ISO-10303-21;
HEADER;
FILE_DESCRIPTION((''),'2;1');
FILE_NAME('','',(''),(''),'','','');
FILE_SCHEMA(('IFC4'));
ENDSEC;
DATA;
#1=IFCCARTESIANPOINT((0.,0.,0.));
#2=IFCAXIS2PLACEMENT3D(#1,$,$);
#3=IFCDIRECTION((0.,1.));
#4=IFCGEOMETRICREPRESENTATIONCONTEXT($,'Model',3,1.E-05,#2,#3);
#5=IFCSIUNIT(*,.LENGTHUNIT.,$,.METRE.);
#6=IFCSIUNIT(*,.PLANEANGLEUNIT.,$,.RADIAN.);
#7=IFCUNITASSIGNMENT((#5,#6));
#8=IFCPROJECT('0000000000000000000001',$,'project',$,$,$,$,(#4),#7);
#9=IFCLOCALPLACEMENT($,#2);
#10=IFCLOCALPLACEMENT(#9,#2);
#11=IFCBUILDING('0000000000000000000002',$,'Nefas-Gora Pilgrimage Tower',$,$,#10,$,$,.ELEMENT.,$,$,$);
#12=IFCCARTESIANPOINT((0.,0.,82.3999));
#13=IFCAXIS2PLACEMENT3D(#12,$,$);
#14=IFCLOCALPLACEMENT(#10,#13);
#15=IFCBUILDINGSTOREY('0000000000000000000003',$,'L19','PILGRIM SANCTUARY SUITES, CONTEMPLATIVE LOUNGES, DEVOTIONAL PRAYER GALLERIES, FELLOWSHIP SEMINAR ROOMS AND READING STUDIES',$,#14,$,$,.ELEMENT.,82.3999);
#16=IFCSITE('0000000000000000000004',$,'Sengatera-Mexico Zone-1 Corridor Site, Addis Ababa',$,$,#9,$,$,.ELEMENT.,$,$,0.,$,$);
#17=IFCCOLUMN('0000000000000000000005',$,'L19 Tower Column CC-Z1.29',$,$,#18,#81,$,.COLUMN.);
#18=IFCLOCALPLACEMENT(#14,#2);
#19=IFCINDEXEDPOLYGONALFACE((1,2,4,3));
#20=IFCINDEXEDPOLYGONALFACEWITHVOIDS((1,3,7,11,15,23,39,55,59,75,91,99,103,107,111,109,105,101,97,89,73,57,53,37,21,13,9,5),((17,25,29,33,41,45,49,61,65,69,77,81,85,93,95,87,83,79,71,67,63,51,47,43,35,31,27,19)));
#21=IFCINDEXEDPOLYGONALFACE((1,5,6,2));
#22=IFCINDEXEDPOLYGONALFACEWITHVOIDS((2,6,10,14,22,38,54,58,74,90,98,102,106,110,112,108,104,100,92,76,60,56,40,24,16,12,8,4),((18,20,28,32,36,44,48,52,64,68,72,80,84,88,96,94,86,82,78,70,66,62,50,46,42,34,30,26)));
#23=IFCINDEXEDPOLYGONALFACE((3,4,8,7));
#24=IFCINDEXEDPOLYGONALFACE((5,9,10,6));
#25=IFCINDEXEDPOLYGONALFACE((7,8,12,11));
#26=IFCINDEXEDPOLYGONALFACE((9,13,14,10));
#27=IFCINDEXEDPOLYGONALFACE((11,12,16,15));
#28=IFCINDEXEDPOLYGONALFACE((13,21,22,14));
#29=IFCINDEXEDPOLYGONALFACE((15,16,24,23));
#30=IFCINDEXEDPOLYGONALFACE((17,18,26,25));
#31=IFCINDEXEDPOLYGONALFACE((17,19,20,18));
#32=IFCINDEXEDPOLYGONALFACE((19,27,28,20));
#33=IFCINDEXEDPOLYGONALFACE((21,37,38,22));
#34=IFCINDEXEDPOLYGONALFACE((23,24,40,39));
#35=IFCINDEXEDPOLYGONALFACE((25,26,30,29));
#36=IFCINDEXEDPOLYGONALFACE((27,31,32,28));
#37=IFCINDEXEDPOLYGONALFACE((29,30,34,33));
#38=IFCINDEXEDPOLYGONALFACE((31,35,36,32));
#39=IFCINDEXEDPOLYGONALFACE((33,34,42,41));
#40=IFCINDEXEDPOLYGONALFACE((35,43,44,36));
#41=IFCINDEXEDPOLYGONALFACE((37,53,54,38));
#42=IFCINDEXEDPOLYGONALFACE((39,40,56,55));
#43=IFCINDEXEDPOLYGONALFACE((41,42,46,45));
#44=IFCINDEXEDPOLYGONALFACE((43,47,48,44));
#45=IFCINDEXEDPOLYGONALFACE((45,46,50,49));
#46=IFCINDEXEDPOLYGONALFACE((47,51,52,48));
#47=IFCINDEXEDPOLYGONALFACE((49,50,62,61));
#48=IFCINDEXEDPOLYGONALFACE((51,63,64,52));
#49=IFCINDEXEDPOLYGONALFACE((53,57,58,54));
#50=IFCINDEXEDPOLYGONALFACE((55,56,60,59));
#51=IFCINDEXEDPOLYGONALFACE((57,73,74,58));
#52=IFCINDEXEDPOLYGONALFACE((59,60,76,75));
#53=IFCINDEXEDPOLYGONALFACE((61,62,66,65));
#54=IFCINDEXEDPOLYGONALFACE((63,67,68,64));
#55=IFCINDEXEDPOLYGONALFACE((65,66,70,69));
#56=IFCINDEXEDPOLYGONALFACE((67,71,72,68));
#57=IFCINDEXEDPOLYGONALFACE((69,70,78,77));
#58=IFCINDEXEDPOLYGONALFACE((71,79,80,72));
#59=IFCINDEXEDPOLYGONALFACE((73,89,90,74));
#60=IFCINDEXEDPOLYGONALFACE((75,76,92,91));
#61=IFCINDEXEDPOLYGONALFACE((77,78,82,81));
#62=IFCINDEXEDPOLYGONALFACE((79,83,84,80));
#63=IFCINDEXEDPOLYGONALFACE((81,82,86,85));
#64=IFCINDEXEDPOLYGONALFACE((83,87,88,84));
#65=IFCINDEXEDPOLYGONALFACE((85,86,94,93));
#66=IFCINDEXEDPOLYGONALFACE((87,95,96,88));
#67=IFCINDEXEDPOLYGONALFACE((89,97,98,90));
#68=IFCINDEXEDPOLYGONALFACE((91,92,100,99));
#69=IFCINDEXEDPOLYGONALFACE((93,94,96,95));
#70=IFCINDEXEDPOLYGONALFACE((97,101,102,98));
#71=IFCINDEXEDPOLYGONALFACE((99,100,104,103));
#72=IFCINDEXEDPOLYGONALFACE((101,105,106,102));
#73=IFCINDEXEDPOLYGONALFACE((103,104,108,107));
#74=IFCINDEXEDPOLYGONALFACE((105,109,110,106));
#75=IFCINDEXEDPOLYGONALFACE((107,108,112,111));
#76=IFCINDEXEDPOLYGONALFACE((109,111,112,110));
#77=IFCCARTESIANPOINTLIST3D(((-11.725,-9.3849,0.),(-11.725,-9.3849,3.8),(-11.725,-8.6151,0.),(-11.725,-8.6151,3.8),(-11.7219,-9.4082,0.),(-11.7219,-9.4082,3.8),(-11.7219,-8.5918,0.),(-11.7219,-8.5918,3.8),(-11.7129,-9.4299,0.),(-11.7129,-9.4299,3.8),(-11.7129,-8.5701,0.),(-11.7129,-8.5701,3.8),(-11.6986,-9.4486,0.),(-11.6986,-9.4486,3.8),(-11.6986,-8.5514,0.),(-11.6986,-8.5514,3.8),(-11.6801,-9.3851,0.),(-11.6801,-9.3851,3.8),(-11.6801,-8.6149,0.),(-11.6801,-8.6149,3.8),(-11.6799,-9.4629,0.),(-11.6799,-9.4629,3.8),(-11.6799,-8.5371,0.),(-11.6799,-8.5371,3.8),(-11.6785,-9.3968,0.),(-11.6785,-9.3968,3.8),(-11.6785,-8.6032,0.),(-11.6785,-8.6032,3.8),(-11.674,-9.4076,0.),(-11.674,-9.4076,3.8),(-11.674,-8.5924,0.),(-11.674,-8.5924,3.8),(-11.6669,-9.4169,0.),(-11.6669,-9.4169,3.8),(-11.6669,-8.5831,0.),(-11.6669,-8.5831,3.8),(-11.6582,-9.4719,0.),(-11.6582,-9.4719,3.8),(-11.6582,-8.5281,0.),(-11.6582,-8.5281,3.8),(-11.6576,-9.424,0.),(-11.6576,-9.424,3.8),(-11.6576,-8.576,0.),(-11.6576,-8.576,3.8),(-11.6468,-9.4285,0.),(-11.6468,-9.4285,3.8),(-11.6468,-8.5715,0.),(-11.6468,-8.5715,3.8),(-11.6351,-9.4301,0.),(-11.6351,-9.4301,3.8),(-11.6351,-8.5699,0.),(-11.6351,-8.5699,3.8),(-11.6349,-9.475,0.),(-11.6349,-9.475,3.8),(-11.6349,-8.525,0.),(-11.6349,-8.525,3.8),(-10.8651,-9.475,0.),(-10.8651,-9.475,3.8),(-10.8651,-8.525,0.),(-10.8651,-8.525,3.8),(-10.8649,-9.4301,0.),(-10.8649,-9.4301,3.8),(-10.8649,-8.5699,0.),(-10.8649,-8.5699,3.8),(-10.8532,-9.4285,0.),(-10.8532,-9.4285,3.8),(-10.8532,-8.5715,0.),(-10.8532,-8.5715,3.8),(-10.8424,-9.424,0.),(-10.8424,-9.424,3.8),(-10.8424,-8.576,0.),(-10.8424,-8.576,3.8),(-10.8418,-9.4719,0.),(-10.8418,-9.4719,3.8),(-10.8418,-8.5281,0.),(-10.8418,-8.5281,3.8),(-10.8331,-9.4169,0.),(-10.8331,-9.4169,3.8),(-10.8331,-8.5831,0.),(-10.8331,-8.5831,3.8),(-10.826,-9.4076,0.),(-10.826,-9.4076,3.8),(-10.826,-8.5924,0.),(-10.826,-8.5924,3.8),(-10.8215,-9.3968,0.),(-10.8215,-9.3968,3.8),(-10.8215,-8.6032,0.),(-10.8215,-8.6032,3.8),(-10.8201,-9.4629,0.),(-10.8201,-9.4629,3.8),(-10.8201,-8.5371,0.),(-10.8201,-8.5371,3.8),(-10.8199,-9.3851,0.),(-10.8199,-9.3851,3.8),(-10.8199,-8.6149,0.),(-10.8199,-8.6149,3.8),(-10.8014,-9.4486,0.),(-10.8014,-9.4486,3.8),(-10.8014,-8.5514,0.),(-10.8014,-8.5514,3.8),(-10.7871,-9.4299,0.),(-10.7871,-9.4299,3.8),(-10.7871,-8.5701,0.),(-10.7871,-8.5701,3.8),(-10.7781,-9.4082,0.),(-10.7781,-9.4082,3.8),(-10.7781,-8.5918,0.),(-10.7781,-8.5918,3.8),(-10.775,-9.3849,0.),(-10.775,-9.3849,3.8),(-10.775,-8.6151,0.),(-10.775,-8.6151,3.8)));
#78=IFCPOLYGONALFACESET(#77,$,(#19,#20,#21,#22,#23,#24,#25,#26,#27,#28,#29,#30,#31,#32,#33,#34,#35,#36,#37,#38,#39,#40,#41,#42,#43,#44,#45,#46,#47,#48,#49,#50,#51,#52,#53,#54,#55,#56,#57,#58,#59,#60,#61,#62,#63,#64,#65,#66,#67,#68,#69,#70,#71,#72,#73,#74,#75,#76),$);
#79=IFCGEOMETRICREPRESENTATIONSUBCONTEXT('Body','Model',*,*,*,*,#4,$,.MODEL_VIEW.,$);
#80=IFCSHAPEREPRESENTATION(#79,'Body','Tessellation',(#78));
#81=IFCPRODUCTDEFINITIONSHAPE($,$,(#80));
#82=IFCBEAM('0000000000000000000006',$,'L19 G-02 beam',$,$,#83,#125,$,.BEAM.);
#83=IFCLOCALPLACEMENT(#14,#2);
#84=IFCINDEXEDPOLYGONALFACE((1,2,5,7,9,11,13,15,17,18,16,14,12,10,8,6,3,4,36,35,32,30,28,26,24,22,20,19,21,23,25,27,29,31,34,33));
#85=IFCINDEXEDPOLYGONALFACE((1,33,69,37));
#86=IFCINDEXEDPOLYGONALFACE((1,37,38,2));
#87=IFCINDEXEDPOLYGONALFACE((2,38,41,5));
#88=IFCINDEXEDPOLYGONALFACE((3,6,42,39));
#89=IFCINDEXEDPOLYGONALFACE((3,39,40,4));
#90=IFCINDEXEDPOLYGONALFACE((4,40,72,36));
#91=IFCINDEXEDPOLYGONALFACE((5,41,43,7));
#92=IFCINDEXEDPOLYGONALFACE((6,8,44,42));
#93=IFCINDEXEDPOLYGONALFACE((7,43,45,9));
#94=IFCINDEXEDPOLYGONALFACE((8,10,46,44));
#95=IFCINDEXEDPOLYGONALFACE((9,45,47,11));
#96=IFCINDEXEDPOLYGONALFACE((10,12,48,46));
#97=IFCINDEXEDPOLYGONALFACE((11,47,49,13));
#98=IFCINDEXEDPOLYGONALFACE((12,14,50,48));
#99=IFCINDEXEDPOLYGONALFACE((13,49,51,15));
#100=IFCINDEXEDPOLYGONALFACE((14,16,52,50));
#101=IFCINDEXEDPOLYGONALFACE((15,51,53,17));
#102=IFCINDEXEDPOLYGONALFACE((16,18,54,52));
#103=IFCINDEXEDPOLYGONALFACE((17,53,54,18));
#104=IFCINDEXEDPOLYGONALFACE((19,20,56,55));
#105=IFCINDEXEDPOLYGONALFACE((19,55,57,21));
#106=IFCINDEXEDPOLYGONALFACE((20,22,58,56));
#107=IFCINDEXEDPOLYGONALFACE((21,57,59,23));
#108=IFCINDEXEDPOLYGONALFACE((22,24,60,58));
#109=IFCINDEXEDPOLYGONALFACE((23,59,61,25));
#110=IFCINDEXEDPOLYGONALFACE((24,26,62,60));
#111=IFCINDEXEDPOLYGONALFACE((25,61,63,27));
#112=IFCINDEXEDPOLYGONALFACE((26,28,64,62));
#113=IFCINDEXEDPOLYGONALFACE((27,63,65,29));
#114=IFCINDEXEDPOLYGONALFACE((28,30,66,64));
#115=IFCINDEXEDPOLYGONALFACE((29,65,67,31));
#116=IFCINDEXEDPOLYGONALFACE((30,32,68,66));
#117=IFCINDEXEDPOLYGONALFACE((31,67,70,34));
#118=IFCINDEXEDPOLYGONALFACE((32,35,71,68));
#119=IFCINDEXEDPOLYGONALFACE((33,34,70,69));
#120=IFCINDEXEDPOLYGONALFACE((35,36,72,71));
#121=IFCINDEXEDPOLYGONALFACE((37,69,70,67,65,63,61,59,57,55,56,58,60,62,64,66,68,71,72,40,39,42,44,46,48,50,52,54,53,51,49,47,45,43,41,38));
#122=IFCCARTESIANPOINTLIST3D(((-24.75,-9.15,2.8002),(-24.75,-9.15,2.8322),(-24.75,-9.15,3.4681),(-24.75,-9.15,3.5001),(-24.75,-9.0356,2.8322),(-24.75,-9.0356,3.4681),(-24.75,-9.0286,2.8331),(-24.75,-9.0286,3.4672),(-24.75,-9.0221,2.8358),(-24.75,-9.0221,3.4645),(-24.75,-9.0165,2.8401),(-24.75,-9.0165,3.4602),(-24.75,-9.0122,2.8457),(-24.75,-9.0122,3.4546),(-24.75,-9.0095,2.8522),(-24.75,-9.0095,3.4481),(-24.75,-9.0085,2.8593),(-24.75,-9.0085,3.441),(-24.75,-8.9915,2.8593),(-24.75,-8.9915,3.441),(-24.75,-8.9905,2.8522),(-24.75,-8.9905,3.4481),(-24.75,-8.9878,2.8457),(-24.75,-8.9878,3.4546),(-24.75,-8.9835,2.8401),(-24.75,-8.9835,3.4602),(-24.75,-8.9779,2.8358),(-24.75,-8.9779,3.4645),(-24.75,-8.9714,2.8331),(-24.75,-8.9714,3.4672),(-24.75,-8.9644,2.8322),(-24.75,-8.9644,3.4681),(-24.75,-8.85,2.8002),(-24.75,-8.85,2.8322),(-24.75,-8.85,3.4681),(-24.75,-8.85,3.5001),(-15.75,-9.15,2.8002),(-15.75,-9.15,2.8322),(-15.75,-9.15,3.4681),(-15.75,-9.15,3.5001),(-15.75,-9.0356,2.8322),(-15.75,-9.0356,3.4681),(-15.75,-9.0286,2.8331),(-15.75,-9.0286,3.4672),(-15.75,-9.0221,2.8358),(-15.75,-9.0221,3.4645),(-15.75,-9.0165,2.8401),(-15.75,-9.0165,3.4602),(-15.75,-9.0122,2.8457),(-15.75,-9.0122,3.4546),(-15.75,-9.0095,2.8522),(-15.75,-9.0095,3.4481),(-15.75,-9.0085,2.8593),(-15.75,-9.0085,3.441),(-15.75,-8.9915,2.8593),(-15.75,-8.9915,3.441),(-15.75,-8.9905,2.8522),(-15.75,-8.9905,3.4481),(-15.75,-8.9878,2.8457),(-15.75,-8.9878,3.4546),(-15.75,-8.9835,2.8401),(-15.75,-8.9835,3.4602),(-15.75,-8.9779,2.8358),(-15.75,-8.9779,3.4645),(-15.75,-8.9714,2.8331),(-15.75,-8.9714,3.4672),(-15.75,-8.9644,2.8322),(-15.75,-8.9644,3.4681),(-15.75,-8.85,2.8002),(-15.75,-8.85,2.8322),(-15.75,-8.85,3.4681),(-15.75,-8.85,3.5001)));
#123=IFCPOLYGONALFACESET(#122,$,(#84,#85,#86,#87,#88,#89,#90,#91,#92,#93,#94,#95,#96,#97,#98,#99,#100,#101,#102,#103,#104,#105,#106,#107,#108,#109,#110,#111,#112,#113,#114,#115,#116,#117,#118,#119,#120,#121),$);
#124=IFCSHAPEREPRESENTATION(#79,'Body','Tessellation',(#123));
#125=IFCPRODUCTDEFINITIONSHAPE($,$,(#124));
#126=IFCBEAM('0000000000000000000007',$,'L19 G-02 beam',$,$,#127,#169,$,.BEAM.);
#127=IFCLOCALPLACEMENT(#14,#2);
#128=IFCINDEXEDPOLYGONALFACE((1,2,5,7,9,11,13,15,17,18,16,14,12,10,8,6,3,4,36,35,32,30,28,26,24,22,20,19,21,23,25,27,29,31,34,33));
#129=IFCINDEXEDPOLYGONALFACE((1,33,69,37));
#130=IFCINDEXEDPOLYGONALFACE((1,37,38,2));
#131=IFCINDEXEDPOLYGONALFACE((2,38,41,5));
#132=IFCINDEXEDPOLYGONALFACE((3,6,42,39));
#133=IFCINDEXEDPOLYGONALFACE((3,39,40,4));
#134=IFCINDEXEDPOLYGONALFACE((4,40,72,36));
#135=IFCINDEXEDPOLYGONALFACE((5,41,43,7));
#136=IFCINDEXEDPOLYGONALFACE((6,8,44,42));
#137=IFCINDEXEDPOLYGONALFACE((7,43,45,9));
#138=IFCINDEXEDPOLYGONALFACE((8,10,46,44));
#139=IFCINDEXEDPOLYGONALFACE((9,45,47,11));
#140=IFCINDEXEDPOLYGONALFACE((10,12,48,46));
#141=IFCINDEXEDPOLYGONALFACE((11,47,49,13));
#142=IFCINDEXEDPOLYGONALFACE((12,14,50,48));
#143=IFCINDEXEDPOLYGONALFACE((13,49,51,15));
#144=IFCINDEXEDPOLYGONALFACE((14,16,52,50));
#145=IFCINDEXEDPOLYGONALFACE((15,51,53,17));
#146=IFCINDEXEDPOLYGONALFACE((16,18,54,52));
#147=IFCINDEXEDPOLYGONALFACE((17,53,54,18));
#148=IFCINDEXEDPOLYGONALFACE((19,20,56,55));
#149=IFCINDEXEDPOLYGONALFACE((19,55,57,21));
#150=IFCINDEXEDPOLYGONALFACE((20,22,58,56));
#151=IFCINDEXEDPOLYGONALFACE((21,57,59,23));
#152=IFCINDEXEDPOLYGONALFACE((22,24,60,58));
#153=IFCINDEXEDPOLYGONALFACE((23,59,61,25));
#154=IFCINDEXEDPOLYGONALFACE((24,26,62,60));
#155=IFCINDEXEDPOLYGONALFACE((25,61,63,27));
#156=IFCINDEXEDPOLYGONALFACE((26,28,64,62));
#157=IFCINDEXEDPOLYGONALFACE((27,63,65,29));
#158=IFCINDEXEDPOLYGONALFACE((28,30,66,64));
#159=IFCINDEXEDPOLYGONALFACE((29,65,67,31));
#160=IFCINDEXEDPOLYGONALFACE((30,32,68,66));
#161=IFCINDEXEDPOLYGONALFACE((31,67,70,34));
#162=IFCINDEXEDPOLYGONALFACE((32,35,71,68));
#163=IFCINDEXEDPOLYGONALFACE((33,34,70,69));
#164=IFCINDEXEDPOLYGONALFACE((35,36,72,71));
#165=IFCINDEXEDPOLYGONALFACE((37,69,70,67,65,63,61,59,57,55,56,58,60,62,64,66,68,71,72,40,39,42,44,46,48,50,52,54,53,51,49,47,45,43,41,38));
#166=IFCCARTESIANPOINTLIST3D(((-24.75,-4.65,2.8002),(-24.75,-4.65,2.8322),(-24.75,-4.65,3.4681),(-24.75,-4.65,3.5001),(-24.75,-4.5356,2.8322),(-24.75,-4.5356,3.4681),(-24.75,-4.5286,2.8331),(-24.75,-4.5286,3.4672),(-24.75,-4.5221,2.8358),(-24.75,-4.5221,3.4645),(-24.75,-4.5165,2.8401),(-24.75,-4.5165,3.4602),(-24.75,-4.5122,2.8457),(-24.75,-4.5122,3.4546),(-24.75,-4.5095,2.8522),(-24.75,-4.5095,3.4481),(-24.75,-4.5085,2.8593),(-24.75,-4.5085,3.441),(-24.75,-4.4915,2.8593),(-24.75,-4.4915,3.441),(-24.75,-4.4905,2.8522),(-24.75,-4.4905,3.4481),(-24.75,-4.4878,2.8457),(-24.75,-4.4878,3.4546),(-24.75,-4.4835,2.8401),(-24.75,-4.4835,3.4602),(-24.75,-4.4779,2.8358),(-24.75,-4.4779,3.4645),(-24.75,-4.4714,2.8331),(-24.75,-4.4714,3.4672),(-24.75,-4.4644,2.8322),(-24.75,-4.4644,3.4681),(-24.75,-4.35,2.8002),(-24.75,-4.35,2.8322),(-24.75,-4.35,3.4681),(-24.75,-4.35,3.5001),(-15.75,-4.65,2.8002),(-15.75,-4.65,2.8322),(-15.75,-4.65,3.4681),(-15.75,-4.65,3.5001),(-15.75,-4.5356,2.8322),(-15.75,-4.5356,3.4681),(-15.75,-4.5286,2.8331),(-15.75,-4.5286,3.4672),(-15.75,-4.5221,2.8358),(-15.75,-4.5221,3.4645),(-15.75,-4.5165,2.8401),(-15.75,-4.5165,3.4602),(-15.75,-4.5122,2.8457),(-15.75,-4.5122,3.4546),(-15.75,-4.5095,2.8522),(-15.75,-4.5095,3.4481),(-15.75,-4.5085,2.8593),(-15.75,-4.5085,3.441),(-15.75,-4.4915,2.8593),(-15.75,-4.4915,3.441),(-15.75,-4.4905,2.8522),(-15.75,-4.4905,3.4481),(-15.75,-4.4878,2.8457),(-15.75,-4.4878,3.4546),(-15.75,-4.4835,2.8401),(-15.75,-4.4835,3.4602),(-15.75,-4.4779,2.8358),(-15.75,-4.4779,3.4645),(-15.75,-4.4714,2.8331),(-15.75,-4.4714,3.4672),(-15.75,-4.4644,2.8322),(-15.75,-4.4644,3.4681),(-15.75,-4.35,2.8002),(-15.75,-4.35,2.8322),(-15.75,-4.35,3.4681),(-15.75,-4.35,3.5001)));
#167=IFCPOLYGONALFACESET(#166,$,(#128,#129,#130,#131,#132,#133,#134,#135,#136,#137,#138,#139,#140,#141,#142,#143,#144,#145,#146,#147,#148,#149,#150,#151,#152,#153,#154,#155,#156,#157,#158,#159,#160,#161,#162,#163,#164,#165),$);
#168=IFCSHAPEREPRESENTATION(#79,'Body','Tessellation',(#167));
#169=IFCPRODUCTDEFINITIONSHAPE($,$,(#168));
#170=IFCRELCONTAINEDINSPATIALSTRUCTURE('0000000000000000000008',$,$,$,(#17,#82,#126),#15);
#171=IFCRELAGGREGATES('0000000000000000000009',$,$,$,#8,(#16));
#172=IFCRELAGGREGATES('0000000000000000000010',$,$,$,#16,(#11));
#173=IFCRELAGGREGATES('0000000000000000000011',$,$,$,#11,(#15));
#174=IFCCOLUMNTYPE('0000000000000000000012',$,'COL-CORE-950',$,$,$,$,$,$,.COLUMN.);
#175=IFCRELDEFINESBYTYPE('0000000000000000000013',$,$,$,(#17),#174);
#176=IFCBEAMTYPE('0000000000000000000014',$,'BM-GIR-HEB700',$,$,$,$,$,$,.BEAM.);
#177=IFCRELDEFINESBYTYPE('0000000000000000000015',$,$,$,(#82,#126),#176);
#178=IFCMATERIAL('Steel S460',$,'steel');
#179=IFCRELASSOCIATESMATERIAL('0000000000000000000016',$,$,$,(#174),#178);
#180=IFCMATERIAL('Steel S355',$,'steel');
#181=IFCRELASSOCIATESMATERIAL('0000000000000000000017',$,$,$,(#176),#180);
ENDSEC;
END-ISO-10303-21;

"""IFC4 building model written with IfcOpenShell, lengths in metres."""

from ifc_helpers import new_model, si_unit, direction, frame, origin, origin_2d, place, context, subcontext, project, spatial, hollow_rectangle, i_section, extrude, source, transform, mapped, material, material_profile, profile_set, type_object, element, save


model = new_model("IFC4")

# Units and contexts
model_context = context("Model", 3, precision=1e-05, world=origin(), true_north=direction((0.0, 1.0)))
body_context = subcontext(model_context, "Body", "Model", "MODEL_VIEW")
ifc_project = project(units=[si_unit("LENGTHUNIT", "METRE"), si_unit("PLANEANGLEUNIT", "RADIAN")], contexts=[model_context])

# Site, building, storey
site_placement = place(None, origin())
site = spatial("IfcSite", under=ifc_project, at=site_placement, Name="Sengatera-Mexico Zone-1 Corridor Site, Addis Ababa", CompositionType="ELEMENT", RefElevation=0.0)
building_placement = place(site_placement, origin())
building = spatial("IfcBuilding", under=site, at=building_placement, Name="Nefas-Gora Pilgrimage Tower", CompositionType="ELEMENT")
storey_placement = place(building_placement, frame((0.0, 0.0, 82.3999)))
storey = spatial("IfcBuildingStorey", under=building, at=storey_placement, Name="L19", Description="PILGRIM SANCTUARY SUITES, CONTEMPLATIVE LOUNGES, DEVOTIONAL PRAYER GALLERIES, FELLOWSHIP SEMINAR ROOMS AND READING STUDIES", CompositionType="ELEMENT", Elevation=82.3999)

# Column
ifc_material_1 = material(Name="Steel S460", Category="steel")
ifc_material_profile_1 = material_profile(ifc_material_1, hollow_rectangle(XDim=0.95, YDim=0.95, WallThickness=0.0449, InnerFilletRadius=0.0449, OuterFilletRadius=0.0901, at=origin_2d()), Name="BOX 950x950x45")
ifc_profile_set_1 = profile_set([ifc_material_profile_1], Name="Steel S460")
column_type_1 = type_object("IfcColumnType", Name="COL-CORE-950", PredefinedType="COLUMN", material=ifc_profile_set_1)
shared_shape_1 = source(origin(), body_context, "Body", "SweptSolid", [
    extrude(hollow_rectangle(XDim=0.95, YDim=0.95, WallThickness=0.0449, InnerFilletRadius=0.0449, OuterFilletRadius=0.0901, at=origin_2d()), origin(), (0.0, 0.0, 1.0), 3.8),
])
column_1_placement = place(storey_placement, frame((-11.25, -9.0, 0.0), z_axis=(0.0, 0.0, 1.0), x_axis=(1.0, 0.0, 0.0)))
element("IfcColumn", 1, at=column_1_placement, inside=storey, type_object=column_type_1, Name="L19 Tower Column CC-Z1.29", PredefinedType="COLUMN", context=body_context, shape_type="MappedRepresentation", body=[
    mapped(shared_shape_1, transform((0.0, 0.0, 0.0), x_axis=(1.0, 0.0, 0.0), y_axis=(0.0, 1.0, 0.0), z_axis=(0.0, 0.0, 1.0), scale=1.0)),
])

# Beams
ifc_material_2 = material(Name="Steel S355", Category="steel")
ifc_material_profile_2 = material_profile(ifc_material_2, i_section(OverallWidth=0.3, OverallDepth=0.7, WebThickness=0.0171, FlangeThickness=0.032, FilletRadius=0.0271, at=origin_2d()), Name="HEB 700")
ifc_profile_set_2 = profile_set([ifc_material_profile_2], Name="Steel S355")
beam_type = type_object("IfcBeamType", Name="BM-GIR-HEB700", PredefinedType="BEAM", material=ifc_profile_set_2)
shared_shape_2 = source(origin(), body_context, "Body", "SweptSolid", [
    extrude(i_section(OverallWidth=0.3, OverallDepth=0.7, WebThickness=0.0171, FlangeThickness=0.032, FilletRadius=0.0271, at=origin_2d()), origin(), (0.0, 0.0, 1.0), 9.0),
])
for number, where, z_axis, x_axis, name in (
    (2, (-24.75, -9.0, 3.1501), (1.0, 0.0, 0.0), (0.0, 1.0, 0.0), "L19 G-02 beam"),
    (3, (-24.75, -4.5, 3.1501), (1.0, 0.0, 0.0), (0.0, 1.0, 0.0), "L19 G-02 beam"),
):
    element("IfcBeam", number, at=place(storey_placement, frame(where, z_axis=z_axis, x_axis=x_axis)), inside=storey, type_object=beam_type, Name=name, PredefinedType="BEAM", context=body_context, shape_type="MappedRepresentation", body=[
        mapped(shared_shape_2, transform((0.0, 0.0, 0.0), x_axis=(1.0, 0.0, 0.0), y_axis=(0.0, 1.0, 0.0), z_axis=(0.0, 0.0, 1.0), scale=1.0)),
    ])

save(model, "model.ifc")
